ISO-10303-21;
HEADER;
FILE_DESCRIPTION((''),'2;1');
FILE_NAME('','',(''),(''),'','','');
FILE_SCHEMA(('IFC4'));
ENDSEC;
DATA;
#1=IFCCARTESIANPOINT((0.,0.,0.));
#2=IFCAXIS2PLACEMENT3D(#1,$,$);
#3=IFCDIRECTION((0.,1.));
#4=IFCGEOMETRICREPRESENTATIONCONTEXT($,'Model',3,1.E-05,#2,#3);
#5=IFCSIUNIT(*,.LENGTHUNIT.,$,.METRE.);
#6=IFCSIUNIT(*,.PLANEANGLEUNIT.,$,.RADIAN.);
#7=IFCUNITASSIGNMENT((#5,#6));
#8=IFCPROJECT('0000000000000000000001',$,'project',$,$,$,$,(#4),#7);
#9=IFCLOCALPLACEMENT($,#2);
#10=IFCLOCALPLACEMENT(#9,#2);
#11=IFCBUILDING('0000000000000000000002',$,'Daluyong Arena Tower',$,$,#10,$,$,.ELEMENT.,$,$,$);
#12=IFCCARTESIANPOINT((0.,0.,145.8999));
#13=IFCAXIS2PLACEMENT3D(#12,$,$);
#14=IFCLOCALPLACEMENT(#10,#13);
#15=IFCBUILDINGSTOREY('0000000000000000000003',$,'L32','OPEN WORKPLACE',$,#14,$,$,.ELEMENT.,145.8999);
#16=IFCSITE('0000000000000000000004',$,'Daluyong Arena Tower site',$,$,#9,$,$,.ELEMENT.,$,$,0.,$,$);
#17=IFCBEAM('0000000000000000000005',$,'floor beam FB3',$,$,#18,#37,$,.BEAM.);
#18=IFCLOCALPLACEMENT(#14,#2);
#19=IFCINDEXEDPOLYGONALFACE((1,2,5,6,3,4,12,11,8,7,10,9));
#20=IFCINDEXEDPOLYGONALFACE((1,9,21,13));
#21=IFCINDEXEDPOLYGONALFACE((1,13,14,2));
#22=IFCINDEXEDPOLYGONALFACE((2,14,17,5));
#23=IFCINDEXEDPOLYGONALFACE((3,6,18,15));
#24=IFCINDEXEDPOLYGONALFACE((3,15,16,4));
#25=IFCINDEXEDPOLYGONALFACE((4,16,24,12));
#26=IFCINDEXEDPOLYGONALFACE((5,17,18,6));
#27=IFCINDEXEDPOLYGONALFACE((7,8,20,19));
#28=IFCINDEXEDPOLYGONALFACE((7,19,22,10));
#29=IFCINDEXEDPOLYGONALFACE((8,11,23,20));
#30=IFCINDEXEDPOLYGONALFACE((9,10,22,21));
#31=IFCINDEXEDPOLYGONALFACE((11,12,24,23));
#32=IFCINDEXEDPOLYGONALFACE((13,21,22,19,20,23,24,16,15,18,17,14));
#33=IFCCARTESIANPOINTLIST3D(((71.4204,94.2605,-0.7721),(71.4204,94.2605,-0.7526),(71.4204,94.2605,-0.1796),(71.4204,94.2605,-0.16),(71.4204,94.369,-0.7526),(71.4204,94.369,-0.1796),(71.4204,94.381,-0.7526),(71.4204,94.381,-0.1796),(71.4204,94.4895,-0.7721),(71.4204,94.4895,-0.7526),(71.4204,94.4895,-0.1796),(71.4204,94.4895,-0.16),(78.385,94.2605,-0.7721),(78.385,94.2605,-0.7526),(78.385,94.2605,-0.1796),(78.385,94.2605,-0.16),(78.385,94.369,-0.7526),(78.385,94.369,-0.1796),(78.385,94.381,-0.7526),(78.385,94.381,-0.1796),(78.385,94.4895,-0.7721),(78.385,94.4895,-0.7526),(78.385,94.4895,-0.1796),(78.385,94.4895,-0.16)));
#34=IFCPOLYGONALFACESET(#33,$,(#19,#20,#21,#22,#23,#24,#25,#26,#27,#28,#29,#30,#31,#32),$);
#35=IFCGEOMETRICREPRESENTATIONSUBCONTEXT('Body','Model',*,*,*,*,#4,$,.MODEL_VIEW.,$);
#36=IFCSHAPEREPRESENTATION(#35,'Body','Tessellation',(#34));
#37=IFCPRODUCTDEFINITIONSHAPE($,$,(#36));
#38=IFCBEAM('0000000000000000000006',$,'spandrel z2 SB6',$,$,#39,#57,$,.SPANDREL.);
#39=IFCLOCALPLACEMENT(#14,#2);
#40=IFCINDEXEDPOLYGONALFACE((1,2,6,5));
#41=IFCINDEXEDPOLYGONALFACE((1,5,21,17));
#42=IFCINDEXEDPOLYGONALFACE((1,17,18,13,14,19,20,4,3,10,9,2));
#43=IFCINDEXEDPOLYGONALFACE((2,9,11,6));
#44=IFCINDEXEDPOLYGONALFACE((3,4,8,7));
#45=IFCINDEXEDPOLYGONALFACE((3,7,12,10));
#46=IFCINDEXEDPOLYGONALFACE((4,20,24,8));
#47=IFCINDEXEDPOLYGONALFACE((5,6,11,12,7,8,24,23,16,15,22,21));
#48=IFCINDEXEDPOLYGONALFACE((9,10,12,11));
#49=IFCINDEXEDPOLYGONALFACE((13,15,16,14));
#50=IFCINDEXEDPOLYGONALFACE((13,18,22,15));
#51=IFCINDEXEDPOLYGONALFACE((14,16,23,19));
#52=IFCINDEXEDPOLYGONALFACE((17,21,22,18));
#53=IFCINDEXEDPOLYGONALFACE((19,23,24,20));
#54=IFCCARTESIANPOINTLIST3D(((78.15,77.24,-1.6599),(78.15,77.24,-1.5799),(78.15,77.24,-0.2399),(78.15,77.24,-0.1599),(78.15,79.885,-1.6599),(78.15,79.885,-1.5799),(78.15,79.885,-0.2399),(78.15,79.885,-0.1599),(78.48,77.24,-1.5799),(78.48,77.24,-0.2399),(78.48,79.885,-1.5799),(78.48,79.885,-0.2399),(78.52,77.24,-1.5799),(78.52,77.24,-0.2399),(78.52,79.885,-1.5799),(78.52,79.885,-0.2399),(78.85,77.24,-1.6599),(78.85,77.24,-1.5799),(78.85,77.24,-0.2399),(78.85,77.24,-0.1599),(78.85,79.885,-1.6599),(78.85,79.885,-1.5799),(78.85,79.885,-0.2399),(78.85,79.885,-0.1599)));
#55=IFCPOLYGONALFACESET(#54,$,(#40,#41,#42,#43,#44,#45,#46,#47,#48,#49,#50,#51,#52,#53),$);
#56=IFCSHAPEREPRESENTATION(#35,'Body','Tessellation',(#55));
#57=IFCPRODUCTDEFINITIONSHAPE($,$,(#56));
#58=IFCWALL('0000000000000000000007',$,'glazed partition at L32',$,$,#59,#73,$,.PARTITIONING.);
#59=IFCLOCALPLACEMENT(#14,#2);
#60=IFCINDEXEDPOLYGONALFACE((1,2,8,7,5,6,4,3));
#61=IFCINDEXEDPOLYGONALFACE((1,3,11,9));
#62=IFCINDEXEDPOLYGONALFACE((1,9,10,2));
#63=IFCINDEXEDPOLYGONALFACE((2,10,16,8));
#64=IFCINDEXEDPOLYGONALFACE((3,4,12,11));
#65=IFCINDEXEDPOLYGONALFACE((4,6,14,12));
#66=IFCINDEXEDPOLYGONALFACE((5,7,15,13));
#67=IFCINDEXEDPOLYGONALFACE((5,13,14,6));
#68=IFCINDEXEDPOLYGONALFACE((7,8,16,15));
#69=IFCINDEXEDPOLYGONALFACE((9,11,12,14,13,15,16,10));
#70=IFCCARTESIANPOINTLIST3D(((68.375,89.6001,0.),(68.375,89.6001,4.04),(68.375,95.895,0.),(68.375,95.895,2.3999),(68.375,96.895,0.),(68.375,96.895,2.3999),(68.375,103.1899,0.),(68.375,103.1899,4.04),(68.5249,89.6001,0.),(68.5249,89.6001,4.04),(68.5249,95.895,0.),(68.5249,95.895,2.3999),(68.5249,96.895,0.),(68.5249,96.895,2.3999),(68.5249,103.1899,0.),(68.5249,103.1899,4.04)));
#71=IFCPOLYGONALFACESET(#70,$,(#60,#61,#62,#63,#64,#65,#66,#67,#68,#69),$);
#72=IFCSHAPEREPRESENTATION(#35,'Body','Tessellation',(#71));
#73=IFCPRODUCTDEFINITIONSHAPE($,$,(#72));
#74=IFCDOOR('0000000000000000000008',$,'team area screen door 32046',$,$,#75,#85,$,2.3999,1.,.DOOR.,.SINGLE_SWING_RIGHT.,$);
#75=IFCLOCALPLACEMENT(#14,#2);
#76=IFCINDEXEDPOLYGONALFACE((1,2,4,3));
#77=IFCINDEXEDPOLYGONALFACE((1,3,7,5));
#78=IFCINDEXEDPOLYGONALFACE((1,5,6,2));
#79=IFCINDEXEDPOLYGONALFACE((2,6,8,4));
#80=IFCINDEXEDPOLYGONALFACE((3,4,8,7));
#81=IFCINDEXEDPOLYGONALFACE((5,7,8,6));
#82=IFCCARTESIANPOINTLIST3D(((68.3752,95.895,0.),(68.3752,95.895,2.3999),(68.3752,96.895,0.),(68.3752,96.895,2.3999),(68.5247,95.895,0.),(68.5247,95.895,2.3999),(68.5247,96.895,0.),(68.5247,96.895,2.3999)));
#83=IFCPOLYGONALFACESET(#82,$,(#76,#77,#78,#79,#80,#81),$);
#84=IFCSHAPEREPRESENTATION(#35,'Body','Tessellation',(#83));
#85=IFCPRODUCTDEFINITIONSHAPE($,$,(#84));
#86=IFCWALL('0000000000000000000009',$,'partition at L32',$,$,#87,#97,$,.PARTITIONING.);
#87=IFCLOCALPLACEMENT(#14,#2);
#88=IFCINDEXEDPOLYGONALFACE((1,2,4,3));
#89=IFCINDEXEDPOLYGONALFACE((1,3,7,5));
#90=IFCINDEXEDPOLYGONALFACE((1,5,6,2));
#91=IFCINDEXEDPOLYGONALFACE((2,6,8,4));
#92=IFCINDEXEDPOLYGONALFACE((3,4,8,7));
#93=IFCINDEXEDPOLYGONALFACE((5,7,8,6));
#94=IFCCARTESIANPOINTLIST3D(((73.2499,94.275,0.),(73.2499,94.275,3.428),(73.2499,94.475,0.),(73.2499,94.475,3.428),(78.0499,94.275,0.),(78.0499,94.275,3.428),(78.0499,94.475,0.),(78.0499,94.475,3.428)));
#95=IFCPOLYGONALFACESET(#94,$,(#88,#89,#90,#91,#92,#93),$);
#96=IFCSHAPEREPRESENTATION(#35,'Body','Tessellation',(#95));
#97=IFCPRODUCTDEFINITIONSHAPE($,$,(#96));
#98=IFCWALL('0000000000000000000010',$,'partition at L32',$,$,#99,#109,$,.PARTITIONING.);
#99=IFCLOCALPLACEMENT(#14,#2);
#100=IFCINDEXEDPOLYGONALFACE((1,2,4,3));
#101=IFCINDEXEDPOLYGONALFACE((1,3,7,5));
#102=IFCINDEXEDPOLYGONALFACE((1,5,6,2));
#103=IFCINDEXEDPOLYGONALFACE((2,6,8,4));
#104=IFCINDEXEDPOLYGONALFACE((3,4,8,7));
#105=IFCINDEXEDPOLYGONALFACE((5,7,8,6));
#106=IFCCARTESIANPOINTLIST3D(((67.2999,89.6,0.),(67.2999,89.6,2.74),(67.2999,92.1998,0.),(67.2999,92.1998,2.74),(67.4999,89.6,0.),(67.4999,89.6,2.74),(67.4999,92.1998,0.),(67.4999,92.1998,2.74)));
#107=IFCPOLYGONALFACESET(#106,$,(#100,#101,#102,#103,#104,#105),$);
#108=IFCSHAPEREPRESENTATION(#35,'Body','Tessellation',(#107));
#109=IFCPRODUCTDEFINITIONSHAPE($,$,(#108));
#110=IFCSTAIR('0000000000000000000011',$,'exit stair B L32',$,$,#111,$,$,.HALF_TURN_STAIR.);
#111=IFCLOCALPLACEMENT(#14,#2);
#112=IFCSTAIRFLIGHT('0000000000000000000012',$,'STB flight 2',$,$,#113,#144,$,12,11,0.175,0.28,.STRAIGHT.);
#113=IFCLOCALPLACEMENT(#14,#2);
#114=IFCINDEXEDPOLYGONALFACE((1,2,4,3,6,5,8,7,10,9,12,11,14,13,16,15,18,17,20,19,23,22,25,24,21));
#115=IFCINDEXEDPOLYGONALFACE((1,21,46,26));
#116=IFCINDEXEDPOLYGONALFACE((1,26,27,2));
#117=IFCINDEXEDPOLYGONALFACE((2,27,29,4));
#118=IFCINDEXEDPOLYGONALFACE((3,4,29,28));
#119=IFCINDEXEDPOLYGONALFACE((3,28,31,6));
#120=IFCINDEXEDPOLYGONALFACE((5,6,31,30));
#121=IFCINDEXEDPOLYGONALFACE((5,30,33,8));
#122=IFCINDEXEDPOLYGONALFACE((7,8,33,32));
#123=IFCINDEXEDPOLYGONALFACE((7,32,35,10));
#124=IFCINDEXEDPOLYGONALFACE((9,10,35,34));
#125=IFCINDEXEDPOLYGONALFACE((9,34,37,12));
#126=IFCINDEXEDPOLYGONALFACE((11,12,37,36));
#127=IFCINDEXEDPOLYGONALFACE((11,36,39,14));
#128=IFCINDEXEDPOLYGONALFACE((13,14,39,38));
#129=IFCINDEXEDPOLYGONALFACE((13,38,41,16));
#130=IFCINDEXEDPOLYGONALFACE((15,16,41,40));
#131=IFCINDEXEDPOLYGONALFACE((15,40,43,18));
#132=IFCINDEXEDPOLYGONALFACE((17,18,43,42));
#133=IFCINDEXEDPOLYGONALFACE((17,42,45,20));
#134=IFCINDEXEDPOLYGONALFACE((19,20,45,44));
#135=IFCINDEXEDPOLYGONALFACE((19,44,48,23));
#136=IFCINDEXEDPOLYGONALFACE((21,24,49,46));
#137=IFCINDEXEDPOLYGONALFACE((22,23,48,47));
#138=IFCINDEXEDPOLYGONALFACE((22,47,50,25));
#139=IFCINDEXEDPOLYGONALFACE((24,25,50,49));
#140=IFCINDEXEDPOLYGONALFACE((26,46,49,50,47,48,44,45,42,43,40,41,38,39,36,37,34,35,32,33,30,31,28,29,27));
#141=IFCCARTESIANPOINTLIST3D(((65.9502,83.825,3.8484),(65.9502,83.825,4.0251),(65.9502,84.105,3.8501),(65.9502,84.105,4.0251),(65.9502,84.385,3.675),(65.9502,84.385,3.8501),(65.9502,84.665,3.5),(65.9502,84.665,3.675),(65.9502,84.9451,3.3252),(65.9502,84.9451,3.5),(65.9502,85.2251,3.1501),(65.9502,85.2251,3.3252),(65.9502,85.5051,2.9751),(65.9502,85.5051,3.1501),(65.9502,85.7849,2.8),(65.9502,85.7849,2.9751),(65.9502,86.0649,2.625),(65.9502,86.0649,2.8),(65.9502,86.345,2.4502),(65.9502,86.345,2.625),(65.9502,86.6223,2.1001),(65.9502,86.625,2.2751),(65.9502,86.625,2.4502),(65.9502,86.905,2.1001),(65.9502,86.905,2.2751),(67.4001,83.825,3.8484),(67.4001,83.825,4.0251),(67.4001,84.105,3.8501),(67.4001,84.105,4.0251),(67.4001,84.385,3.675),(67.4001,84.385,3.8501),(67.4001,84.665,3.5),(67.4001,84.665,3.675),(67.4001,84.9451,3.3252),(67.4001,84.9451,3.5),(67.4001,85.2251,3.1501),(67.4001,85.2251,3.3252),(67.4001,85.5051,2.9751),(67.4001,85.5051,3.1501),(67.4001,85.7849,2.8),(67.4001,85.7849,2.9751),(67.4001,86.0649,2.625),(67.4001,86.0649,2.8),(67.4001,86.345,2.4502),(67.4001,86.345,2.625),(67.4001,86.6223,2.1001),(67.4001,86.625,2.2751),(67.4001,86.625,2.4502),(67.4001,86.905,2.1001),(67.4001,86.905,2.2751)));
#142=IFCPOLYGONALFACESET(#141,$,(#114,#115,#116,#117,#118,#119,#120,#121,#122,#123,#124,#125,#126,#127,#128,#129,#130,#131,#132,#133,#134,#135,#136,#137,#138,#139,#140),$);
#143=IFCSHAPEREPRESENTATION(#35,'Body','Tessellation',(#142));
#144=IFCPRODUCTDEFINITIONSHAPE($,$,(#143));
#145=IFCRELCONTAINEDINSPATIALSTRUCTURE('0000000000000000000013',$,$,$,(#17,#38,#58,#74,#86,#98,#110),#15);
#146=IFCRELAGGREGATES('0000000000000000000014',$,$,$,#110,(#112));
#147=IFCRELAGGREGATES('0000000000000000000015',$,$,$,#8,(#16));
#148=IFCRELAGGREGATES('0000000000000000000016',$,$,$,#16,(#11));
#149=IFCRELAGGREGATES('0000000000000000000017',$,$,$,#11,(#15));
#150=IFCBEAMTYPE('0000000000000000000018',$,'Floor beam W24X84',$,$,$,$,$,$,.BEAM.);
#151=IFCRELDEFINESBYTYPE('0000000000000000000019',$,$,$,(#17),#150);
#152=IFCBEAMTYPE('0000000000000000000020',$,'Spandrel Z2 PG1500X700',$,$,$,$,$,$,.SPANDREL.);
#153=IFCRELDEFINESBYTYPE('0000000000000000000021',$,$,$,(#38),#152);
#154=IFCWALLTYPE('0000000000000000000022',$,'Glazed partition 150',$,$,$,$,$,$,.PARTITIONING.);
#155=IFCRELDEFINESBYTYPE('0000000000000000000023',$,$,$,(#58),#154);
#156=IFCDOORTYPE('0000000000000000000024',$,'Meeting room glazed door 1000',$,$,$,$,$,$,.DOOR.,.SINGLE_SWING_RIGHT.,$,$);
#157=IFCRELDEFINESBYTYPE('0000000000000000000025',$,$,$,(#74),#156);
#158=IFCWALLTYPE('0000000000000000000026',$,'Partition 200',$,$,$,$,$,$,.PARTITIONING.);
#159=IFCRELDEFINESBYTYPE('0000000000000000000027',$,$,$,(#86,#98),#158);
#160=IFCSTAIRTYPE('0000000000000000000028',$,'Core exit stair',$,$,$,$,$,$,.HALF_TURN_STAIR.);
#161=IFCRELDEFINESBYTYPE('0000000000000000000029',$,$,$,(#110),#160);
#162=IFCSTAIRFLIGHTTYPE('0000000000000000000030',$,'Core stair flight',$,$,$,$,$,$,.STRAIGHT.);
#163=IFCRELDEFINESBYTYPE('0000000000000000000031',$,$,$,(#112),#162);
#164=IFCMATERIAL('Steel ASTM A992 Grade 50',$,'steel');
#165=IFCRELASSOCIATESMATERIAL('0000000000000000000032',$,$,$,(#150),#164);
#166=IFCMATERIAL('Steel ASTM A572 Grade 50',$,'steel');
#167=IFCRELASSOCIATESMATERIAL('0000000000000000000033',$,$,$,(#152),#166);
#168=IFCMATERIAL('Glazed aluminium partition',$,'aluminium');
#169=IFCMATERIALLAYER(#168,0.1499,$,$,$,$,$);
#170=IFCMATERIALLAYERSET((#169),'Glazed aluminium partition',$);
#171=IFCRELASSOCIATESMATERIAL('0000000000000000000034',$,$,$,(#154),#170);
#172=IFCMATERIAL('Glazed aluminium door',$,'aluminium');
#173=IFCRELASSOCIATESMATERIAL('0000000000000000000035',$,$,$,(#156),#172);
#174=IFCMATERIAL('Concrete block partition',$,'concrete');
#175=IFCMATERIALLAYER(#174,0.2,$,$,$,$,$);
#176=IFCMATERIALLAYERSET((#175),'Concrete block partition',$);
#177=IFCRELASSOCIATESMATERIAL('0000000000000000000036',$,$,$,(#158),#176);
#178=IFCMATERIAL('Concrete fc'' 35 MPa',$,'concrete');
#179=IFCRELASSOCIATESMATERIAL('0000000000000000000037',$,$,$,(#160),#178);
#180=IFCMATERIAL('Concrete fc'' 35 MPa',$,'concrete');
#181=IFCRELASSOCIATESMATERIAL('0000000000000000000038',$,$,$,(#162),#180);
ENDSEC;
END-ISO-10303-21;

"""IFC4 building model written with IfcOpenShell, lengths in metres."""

from ifc_helpers import new_model, si_unit, direction, frame, frame_2d, origin, origin_2d, place, context, subcontext, project, spatial, polyline, rectangle, i_section, outline, extrude, material, layer, layer_set, material_profile, profile_set, type_object, element, fill, aggregate, save


model = new_model("IFC4")

# Units and contexts
model_context = context("Model", 3, precision=1e-05, world=origin(), true_north=direction((0.0, 1.0)))
body_context = subcontext(model_context, "Body", "Model", "MODEL_VIEW")
ifc_project = project(units=[si_unit("LENGTHUNIT", "METRE"), si_unit("PLANEANGLEUNIT", "RADIAN")], contexts=[model_context])

# Site, building, storey
site_placement = place(None, origin())
site = spatial("IfcSite", under=ifc_project, at=site_placement, Name="Daluyong Arena Tower site", CompositionType="ELEMENT", RefElevation=0.0)
building_placement = place(site_placement, origin())
building = spatial("IfcBuilding", under=site, at=building_placement, Name="Daluyong Arena Tower", CompositionType="ELEMENT")
storey_placement = place(building_placement, frame((0.0, 0.0, 145.8999)))
storey = spatial("IfcBuildingStorey", under=building, at=storey_placement, Name="L32", Description="OPEN WORKPLACE", CompositionType="ELEMENT", Elevation=145.8999)

# Beams
ifc_material_1 = material(Name="Steel ASTM A992 Grade 50", Category="steel")
ifc_material_profile_1 = material_profile(ifc_material_1, i_section(OverallWidth=0.229, OverallDepth=0.6121, WebThickness=0.012, FlangeThickness=0.0195, at=origin_2d()))
ifc_profile_set_1 = profile_set([ifc_material_profile_1], Name="Steel ASTM A992 Grade 50")
beam_type_1 = type_object("IfcBeamType", Name="Floor beam W24X84", PredefinedType="BEAM", material=ifc_profile_set_1)
beam_1_placement = place(storey_placement, frame((78.385, 94.375, -0.4661), z_axis=(-1.0, 0.0, 0.0), x_axis=(0.0, -1.0, 0.0)))
element("IfcBeam", 1, at=beam_1_placement, inside=storey, type_object=beam_type_1, Name="floor beam FB3", PredefinedType="BEAM", context=body_context, shape_type="SweptSolid", body=[
    extrude(i_section(OverallWidth=0.229, OverallDepth=0.6121, WebThickness=0.012, FlangeThickness=0.0195, at=origin_2d()), origin(), (0.0, 0.0, 1.0), 6.9646),
])
ifc_material_2 = material(Name="Steel ASTM A572 Grade 50", Category="steel")
ifc_material_profile_2 = material_profile(ifc_material_2, i_section(OverallWidth=0.7, OverallDepth=1.5, WebThickness=0.04, FlangeThickness=0.08, at=origin_2d()))
ifc_profile_set_2 = profile_set([ifc_material_profile_2], Name="Steel ASTM A572 Grade 50")
beam_type_2 = type_object("IfcBeamType", Name="Spandrel Z2 PG1500X700", PredefinedType="SPANDREL", material=ifc_profile_set_2)
beam_2_placement = place(storey_placement, frame((78.5, 77.24, -0.9099), z_axis=(0.0, 1.0, 0.0), x_axis=(-1.0, 0.0, 0.0)))
element("IfcBeam", 2, at=beam_2_placement, inside=storey, type_object=beam_type_2, Name="spandrel z2 SB6", PredefinedType="SPANDREL", context=body_context, shape_type="SweptSolid", body=[
    extrude(i_section(OverallWidth=0.7, OverallDepth=1.5, WebThickness=0.04, FlangeThickness=0.08, at=origin_2d()), origin(), (0.0, 0.0, 1.0), 2.645),
])

# Wall, opening, door
ifc_material_3 = material(Name="Glazed aluminium partition", Category="aluminium")
ifc_layer_1 = layer(ifc_material_3, 0.1499)
ifc_layer_set_1 = layer_set([ifc_layer_1], Name="Glazed aluminium partition")
wall_type_1 = type_object("IfcWallType", Name="Glazed partition 150", PredefinedType="PARTITIONING", material=ifc_layer_set_1)
wall_1_placement = place(storey_placement, frame((68.45, 89.6001, 0.0), z_axis=(0.0, 0.0, 1.0), x_axis=(0.0, 1.0, 0.0)))
wall_1 = element("IfcWall", 3, at=wall_1_placement, inside=storey, type_object=wall_type_1, Name="glazed partition at L32", PredefinedType="PARTITIONING", context=body_context, shape_type="SweptSolid", body=[
    extrude(rectangle(XDim=13.5898, YDim=0.1499, at=frame_2d((6.7949, 0.0))), origin(), (0.0, 0.0, 1.0), 4.04),
])
opening_1_placement = place(wall_1_placement, frame((6.2949, 0.0, 0.0)))
opening_1 = element("IfcOpeningElement", 4, at=opening_1_placement, cuts=wall_1, PredefinedType="OPENING", context=body_context, shape_type="SweptSolid", body=[
    extrude(rectangle(XDim=1.0, YDim=2.3999, at=frame_2d((0.5, 1.2))), frame((0.0, 0.085, 0.0), z_axis=(0.0, -1.0, 0.0), x_axis=(1.0, 0.0, 0.0)), (0.0, 0.0, 1.0), 0.1699),
])
ifc_material_4 = material(Name="Glazed aluminium door", Category="aluminium")
door_type = type_object("IfcDoorType", Name="Meeting room glazed door 1000", OperationType="SINGLE_SWING_RIGHT", PredefinedType="DOOR", material=ifc_material_4)
door_1_placement = place(opening_1_placement, origin())
door_1 = element("IfcDoor", 5, at=door_1_placement, inside=storey, type_object=door_type, Name="team area screen door 32046", OperationType="SINGLE_SWING_RIGHT", OverallHeight=2.3999, OverallWidth=1.0, PredefinedType="DOOR", context=body_context, shape_type="SweptSolid", body=[
    extrude(rectangle(XDim=1.0, YDim=2.3999, at=frame_2d((0.5, 1.2))), frame((0.0, 0.0747, 0.0), z_axis=(0.0, -1.0, 0.0), x_axis=(1.0, 0.0, 0.0)), (0.0, 0.0, 1.0), 0.1494),
])
fill(opening_1, door_1)

# Walls
ifc_material_5 = material(Name="Concrete block partition", Category="concrete")
ifc_layer_2 = layer(ifc_material_5, 0.2)
ifc_layer_set_2 = layer_set([ifc_layer_2], Name="Concrete block partition")
wall_type_2 = type_object("IfcWallType", Name="Partition 200", PredefinedType="PARTITIONING", material=ifc_layer_set_2)
wall_2_placement = place(storey_placement, frame((73.25, 94.375, 0.0), z_axis=(0.0, 0.0, 1.0), x_axis=(1.0, 0.0, 0.0)))
element("IfcWall", 6, at=wall_2_placement, inside=storey, type_object=wall_type_2, Name="partition at L32", PredefinedType="PARTITIONING", context=body_context, shape_type="SweptSolid", body=[
    extrude(rectangle(XDim=4.8, YDim=0.2, at=frame_2d((2.3999, 0.0))), origin(), (0.0, 0.0, 1.0), 3.428),
])
wall_3_placement = place(storey_placement, frame((67.3999, 89.6001, 0.0), z_axis=(0.0, 0.0, 1.0), x_axis=(0.0, 1.0, 0.0)))
element("IfcWall", 7, at=wall_3_placement, inside=storey, type_object=wall_type_2, Name="partition at L32", PredefinedType="PARTITIONING", context=body_context, shape_type="SweptSolid", body=[
    extrude(rectangle(XDim=2.5999, YDim=0.2, at=frame_2d((1.2998, 0.0))), origin(), (0.0, 0.0, 1.0), 2.74),
])

# Stair, stair flight
ifc_material_6 = material(Name="Concrete fc' 35 MPa", Category="concrete")
stair_type = type_object("IfcStairType", Name="Core exit stair", PredefinedType="HALF_TURN_STAIR", material=ifc_material_6)
stair_placement = place(storey_placement, origin())
stair = element("IfcStair", 8, at=stair_placement, inside=storey, type_object=stair_type, Name="exit stair B L32", PredefinedType="HALF_TURN_STAIR")
ifc_material_7 = material(Name="Concrete fc' 35 MPa", Category="concrete")
stair_flight_type = type_object("IfcStairFlightType", Name="Core stair flight", PredefinedType="STRAIGHT", material=ifc_material_7)
stair_flight_placement = place(storey_placement, frame((66.675, 86.905, 2.1001), z_axis=(0.0, 0.0, 1.0), x_axis=(0.0, -1.0, 0.0)))
stair_flight = element("IfcStairFlight", 9, at=stair_flight_placement, type_object=stair_flight_type, Name="STB flight 2", NumberOfRisers=12, NumberOfTreads=11, PredefinedType="STRAIGHT", RiserHeight=0.175, TreadLength=0.28, context=body_context, shape_type="SweptSolid", body=[
    extrude(outline(polyline([(0.0, 0.0), (0.0, 0.175), (0.28, 0.175), (0.28, 0.3501), (0.5601, 0.3501), (0.5601, 0.5249), (0.8401, 0.5249), (0.8401, 0.7), (1.1201, 0.7), (1.1201, 0.875), (1.3999, 0.875), (1.3999, 1.05), (1.6799, 1.05), (1.6799, 1.2251), (1.96, 1.2251), (1.96, 1.3999), (2.24, 1.3999), (2.24, 1.575), (2.52, 1.575), (2.52, 1.75), (2.8, 1.75), (2.8, 1.925), (3.0801, 1.925), (3.0801, 2.1001), (3.0801, 1.7483), (0.2827, 0.0), (0.0, 0.0)])), frame((0.0, 0.7251, 0.0), z_axis=(0.0, -1.0, 0.0), x_axis=(1.0, 0.0, 0.0)), (0.0, 0.0, 1.0), 1.45),
])
aggregate(stair, [stair_flight])

save(model, "model.ifc")
